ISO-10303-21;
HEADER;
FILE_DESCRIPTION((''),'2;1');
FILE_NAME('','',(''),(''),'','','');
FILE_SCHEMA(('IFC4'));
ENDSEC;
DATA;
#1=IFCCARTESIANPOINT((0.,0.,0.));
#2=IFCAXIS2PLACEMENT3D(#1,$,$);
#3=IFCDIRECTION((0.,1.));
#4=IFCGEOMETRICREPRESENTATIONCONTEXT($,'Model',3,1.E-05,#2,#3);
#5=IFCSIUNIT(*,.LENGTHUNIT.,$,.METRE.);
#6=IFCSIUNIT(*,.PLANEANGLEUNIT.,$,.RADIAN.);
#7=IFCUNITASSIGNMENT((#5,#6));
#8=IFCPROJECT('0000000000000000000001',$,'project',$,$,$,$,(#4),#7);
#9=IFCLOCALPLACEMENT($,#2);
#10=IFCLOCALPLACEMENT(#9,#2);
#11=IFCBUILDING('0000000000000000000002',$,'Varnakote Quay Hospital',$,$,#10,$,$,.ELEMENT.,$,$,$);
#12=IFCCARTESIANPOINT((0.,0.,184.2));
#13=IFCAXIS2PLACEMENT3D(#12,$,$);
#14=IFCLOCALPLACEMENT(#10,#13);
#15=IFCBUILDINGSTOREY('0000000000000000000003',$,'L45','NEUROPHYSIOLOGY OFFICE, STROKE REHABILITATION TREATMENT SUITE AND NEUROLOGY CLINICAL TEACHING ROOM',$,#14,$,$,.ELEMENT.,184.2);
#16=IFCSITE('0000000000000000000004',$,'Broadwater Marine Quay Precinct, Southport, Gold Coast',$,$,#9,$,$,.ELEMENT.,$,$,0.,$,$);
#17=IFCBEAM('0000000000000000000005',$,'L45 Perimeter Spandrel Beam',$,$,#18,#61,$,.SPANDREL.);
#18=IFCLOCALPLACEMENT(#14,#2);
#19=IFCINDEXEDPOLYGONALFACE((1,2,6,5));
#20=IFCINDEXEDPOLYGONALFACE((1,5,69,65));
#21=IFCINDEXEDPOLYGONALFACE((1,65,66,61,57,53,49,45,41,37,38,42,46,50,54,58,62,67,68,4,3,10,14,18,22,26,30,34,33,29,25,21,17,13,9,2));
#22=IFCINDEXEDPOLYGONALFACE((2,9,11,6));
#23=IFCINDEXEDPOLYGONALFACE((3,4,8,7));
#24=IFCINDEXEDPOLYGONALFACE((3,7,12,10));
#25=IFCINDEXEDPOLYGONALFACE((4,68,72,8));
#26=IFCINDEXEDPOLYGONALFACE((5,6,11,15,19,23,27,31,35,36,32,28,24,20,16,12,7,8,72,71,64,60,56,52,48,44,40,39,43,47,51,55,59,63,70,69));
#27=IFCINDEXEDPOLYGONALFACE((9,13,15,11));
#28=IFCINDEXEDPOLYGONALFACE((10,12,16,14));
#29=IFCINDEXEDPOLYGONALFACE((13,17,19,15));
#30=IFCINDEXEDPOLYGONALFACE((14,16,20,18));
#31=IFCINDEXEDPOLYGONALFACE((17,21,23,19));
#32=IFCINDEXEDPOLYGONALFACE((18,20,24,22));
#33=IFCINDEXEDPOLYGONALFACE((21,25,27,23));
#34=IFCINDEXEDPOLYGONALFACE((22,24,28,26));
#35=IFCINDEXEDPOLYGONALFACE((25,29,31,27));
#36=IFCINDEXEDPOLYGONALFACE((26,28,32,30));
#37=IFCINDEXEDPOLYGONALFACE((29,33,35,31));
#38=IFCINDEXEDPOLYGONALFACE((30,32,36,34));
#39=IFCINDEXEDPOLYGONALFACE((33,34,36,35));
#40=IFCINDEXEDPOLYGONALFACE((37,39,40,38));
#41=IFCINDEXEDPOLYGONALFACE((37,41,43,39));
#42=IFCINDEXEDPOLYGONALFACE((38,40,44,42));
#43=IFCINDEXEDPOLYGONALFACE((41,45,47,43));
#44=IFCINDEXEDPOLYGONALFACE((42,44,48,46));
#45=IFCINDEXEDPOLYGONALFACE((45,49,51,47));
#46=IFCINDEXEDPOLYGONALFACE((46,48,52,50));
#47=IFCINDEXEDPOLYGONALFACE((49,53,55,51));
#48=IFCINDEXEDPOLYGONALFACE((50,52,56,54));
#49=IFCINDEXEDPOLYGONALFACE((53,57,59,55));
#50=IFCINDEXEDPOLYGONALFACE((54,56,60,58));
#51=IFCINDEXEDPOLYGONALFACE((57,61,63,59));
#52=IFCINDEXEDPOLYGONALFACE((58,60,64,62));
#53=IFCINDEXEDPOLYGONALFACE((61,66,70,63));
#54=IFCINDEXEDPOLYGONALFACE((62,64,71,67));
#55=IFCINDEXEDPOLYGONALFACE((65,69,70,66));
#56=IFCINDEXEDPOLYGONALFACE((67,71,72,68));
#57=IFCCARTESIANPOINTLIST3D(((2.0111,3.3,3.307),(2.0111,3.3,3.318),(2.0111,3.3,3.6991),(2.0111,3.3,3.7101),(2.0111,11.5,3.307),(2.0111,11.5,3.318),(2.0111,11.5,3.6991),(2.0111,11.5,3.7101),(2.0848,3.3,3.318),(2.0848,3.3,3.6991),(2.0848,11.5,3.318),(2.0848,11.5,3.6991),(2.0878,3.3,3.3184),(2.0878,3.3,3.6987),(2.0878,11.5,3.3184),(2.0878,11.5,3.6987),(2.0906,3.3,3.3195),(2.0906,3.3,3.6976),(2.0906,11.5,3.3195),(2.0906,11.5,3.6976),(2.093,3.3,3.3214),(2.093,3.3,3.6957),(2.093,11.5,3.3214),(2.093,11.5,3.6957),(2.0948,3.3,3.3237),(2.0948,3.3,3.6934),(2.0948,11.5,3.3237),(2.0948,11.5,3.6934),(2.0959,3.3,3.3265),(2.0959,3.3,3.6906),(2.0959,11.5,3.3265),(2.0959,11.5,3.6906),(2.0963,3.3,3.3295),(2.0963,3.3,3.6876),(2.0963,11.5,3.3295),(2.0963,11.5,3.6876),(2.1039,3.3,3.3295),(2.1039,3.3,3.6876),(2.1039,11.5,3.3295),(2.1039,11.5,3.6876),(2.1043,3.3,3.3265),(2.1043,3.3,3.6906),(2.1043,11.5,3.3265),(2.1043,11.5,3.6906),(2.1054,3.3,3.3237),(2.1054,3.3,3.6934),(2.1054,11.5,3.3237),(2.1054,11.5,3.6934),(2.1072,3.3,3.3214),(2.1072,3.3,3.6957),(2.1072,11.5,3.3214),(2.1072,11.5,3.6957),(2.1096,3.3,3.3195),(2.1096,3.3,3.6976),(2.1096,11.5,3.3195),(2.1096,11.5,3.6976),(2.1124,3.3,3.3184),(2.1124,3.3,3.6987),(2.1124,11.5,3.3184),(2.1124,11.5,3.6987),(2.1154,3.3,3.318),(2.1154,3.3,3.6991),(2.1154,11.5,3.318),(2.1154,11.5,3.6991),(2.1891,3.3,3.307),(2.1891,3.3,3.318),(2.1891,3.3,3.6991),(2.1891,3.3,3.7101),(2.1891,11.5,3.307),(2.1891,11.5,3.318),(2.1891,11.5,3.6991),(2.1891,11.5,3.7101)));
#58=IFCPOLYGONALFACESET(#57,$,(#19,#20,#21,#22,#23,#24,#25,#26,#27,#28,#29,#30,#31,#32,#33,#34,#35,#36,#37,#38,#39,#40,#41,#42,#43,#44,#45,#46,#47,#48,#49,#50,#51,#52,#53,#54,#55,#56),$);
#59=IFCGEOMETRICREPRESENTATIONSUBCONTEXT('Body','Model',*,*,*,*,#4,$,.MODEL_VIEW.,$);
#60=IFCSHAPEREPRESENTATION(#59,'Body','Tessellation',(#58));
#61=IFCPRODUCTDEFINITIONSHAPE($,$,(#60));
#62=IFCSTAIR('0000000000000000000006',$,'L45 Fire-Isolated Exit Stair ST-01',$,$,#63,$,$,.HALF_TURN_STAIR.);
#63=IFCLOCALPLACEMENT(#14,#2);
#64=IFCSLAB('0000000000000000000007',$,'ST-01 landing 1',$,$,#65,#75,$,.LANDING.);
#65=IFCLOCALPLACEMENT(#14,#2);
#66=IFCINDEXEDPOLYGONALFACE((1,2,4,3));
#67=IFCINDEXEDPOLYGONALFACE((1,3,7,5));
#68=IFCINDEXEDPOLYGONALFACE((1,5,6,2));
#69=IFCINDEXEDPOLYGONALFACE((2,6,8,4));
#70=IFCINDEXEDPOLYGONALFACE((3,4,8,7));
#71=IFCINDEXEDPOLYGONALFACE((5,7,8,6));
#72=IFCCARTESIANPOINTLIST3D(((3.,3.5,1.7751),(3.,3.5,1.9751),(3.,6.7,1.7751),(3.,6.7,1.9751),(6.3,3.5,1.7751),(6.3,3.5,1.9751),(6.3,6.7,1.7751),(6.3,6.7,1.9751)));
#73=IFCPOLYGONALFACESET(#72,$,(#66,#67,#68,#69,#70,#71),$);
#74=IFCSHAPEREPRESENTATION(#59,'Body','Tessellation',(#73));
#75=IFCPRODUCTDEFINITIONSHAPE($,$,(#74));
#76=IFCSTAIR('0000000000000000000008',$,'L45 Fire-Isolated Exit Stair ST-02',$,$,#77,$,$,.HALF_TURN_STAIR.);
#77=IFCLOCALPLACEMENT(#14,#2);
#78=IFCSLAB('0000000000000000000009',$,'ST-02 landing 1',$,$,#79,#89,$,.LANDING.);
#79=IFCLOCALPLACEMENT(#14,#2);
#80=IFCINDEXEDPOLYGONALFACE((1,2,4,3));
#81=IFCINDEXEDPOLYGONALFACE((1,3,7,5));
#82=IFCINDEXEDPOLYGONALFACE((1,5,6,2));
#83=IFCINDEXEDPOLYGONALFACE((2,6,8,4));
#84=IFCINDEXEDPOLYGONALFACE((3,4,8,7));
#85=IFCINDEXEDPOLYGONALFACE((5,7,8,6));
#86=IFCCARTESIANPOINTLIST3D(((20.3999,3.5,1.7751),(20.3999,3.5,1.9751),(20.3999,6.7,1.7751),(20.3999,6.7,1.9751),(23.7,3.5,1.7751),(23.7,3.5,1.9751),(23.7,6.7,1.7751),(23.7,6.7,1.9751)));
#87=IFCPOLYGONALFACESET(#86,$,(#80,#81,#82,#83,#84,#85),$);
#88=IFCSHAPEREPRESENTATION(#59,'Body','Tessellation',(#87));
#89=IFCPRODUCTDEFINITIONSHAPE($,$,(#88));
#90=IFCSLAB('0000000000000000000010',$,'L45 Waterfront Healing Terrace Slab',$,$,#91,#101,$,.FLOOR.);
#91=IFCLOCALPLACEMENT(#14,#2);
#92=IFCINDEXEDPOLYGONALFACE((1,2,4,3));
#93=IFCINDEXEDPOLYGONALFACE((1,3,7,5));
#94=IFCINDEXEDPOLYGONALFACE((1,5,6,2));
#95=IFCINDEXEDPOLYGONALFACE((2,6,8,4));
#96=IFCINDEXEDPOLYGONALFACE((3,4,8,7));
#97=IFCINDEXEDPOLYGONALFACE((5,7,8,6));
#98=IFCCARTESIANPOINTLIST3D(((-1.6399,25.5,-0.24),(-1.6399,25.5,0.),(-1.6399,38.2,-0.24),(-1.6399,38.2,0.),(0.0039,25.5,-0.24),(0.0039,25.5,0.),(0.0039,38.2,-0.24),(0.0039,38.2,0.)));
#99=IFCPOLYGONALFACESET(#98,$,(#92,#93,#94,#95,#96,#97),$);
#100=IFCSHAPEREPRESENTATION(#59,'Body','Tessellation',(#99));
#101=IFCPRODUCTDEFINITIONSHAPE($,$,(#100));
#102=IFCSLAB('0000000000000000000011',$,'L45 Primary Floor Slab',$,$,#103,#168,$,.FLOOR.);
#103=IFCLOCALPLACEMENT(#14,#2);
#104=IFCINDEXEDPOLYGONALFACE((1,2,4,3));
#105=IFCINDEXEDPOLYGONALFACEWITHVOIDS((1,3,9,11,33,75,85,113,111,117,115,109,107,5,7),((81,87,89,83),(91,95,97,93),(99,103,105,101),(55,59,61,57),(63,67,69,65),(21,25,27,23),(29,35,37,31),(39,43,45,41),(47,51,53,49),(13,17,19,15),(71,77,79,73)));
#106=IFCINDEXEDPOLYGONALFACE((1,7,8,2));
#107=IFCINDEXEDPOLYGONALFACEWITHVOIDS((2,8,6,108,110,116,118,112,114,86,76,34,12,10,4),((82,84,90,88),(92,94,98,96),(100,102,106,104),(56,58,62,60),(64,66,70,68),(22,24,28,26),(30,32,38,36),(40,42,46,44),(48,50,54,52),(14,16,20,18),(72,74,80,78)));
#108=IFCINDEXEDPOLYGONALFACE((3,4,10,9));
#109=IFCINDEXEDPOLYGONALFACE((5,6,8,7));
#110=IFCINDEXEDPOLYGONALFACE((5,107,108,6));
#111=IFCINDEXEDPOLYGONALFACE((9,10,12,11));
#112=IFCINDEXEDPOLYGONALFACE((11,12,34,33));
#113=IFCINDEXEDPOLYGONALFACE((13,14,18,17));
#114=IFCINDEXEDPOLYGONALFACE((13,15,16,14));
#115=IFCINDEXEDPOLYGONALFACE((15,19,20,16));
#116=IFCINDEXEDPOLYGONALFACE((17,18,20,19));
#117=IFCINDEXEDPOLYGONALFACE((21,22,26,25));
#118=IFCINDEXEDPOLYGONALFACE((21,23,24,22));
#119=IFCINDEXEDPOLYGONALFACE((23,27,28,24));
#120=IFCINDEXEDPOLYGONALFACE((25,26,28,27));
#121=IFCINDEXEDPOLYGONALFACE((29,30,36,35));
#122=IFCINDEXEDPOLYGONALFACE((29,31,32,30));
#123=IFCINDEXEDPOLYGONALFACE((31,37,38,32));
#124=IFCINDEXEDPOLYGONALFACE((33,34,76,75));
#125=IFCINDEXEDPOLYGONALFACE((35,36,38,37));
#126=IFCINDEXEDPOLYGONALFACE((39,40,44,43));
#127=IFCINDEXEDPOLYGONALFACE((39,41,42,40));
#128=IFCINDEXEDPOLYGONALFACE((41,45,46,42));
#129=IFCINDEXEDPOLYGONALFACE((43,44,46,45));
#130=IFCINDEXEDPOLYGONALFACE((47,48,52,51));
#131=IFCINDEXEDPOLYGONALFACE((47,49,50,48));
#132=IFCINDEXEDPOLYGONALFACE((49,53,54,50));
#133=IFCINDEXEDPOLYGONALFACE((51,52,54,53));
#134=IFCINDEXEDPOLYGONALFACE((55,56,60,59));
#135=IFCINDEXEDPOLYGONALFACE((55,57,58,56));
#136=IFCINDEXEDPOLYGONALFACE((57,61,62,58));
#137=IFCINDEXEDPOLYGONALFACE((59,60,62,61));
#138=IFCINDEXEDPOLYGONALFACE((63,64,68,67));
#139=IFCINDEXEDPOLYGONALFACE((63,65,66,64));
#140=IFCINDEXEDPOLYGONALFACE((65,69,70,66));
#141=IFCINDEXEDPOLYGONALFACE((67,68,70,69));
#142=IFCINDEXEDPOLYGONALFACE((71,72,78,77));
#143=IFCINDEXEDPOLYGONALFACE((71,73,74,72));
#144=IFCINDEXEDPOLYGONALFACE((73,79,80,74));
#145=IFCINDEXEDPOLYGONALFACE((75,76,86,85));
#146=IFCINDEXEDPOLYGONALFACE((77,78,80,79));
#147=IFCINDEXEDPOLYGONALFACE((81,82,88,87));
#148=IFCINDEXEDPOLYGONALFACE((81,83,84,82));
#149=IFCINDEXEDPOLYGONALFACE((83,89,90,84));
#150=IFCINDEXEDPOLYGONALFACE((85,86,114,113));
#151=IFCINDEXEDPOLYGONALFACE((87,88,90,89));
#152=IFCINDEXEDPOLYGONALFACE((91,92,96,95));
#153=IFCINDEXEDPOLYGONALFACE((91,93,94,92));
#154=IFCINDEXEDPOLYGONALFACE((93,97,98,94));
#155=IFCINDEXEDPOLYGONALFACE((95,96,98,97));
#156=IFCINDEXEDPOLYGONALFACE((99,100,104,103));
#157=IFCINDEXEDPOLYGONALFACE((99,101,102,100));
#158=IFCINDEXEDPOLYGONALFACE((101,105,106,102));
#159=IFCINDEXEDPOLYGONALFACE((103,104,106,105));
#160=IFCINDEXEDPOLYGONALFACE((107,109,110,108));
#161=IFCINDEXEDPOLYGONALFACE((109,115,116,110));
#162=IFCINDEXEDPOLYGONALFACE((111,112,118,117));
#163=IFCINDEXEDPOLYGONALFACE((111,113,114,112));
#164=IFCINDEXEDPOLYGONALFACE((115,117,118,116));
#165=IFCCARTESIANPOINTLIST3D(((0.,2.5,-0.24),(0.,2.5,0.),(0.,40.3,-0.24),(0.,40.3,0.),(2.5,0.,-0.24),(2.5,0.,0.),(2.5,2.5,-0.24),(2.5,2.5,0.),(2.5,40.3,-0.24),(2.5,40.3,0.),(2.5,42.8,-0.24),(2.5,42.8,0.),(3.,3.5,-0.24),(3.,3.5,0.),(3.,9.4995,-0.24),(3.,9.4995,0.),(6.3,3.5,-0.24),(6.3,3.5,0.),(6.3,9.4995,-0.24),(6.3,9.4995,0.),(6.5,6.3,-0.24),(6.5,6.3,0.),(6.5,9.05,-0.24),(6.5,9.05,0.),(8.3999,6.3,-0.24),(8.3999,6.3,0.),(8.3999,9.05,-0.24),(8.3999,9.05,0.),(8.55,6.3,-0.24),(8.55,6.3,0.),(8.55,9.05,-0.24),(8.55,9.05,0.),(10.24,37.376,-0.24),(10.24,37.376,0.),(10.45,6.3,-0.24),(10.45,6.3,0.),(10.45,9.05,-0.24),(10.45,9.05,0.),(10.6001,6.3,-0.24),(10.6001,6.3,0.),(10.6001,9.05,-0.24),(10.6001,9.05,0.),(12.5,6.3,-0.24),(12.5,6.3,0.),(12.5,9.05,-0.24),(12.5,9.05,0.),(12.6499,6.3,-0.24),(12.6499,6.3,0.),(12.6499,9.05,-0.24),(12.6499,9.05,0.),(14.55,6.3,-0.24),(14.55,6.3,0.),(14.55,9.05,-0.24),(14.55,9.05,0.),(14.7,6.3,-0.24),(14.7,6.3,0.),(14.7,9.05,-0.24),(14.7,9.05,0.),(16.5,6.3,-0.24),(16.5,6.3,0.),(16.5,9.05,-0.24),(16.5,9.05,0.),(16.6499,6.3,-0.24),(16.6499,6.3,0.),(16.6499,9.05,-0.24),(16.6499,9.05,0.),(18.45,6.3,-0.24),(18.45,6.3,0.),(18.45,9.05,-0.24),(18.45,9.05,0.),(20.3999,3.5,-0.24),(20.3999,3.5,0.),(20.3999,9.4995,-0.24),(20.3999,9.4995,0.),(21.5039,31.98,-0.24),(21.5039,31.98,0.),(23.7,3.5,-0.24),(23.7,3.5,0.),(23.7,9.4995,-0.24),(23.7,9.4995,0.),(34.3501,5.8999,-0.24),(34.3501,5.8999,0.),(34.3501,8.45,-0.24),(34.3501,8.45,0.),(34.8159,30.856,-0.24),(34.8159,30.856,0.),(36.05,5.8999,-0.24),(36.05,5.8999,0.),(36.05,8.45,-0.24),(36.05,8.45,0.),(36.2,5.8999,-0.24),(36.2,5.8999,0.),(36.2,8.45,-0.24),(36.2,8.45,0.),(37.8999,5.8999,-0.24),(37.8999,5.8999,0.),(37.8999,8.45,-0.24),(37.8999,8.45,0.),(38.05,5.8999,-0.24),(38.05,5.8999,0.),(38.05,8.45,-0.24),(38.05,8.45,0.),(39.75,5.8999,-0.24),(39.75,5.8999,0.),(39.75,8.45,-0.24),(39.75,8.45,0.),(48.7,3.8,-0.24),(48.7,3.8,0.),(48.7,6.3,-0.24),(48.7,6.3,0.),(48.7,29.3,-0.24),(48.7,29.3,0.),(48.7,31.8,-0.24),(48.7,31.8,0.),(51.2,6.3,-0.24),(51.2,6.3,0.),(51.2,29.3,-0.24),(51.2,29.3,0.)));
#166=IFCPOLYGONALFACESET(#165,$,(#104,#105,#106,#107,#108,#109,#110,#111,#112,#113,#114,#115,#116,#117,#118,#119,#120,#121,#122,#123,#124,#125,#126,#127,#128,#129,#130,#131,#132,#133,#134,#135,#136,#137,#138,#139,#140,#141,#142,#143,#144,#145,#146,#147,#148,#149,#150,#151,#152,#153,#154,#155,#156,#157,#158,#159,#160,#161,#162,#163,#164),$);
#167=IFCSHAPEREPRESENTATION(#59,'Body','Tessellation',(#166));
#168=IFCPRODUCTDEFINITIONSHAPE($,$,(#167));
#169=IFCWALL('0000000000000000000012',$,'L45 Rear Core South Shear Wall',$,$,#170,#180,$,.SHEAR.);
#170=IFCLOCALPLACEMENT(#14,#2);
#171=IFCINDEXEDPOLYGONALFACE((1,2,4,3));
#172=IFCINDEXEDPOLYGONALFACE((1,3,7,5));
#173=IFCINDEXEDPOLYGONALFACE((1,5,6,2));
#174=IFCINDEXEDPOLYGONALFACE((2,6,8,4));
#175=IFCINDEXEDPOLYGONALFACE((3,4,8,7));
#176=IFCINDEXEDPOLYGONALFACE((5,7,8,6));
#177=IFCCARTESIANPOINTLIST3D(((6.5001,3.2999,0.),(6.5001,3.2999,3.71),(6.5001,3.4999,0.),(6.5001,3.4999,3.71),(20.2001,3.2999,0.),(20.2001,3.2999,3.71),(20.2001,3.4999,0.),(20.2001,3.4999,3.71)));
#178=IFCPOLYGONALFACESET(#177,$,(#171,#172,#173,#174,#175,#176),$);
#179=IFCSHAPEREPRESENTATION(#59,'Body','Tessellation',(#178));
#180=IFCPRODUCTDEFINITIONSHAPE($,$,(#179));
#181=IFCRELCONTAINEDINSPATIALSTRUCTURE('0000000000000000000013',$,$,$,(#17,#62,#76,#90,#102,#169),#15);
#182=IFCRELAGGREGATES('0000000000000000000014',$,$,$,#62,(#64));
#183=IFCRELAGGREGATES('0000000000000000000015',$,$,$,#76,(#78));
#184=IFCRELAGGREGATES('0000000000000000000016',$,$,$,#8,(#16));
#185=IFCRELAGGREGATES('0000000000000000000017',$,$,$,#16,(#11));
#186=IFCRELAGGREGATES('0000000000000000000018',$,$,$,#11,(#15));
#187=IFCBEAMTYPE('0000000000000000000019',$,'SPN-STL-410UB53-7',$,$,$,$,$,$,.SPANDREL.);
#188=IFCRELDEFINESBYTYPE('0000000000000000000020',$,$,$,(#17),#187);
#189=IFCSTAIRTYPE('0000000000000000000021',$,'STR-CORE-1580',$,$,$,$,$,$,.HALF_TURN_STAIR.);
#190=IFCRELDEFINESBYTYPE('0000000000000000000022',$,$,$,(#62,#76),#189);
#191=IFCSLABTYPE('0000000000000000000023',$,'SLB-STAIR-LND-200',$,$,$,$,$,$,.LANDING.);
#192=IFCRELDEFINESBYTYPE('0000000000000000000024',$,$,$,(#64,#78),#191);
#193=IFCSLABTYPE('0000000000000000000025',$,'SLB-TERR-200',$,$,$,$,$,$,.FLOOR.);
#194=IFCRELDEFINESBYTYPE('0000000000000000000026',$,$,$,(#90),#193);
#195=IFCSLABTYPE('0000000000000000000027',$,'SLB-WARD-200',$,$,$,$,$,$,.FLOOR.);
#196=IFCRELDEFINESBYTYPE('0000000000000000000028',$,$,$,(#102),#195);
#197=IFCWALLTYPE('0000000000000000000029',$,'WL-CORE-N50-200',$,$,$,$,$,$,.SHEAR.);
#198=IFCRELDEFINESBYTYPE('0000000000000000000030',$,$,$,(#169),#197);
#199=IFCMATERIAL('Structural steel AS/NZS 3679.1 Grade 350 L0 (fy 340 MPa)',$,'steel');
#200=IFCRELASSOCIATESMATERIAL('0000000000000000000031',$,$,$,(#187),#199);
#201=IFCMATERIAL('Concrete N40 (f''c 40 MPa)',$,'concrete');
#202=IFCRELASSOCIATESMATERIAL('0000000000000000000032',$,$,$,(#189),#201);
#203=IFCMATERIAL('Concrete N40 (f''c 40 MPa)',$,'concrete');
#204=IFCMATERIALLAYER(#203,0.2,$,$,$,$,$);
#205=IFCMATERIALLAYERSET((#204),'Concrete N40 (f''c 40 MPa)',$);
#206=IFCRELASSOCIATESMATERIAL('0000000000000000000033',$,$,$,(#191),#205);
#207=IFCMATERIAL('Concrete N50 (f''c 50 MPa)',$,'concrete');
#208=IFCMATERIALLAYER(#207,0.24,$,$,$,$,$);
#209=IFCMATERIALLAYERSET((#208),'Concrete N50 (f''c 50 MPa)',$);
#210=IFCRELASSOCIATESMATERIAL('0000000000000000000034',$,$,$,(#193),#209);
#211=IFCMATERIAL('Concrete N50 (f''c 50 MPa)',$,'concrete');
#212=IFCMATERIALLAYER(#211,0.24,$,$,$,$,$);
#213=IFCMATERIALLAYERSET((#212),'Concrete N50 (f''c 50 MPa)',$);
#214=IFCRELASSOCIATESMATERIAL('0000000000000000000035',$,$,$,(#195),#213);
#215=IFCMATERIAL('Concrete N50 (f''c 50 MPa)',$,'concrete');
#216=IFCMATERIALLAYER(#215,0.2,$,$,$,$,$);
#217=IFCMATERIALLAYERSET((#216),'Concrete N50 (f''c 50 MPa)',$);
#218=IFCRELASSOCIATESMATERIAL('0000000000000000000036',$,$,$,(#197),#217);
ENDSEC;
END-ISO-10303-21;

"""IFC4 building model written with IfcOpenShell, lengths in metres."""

from ifc_helpers import new_model, si_unit, direction, frame, frame_2d, origin, origin_2d, place, context, subcontext, project, spatial, polyline, rectangle, i_section, outline, extrude, material, layer, layer_set, material_profile, profile_set, type_object, element, aggregate, save


model = new_model("IFC4")

# Units and contexts
model_context = context("Model", 3, precision=1e-05, world=origin(), true_north=direction((0.0, 1.0)))
body_context = subcontext(model_context, "Body", "Model", "MODEL_VIEW")
ifc_project = project(units=[si_unit("LENGTHUNIT", "METRE"), si_unit("PLANEANGLEUNIT", "RADIAN")], contexts=[model_context])

# Site, building, storey
site_placement = place(None, origin())
site = spatial("IfcSite", under=ifc_project, at=site_placement, Name="Broadwater Marine Quay Precinct, Southport, Gold Coast", CompositionType="ELEMENT", RefElevation=0.0)
building_placement = place(site_placement, origin())
building = spatial("IfcBuilding", under=site, at=building_placement, Name="Varnakote Quay Hospital", CompositionType="ELEMENT")
storey_placement = place(building_placement, frame((0.0, 0.0, 184.2)))
storey = spatial("IfcBuildingStorey", under=building, at=storey_placement, Name="L45", Description="NEUROPHYSIOLOGY OFFICE, STROKE REHABILITATION TREATMENT SUITE AND NEUROLOGY CLINICAL TEACHING ROOM", CompositionType="ELEMENT", Elevation=184.2)

# Beam
ifc_material_1 = material(Name="Structural steel AS/NZS 3679.1 Grade 350 L0 (fy 340 MPa)", Category="steel")
ifc_material_profile_1 = material_profile(ifc_material_1, i_section(OverallWidth=0.178, OverallDepth=0.4031, WebThickness=0.0076, FlangeThickness=0.011, FilletRadius=0.0115, at=origin_2d()), Name="410UB53.7")
ifc_profile_set_1 = profile_set([ifc_material_profile_1], Name="Structural steel AS/NZS 3679.1 Grade 350 L0 (fy 340 MPa)")
beam_type_1 = type_object("IfcBeamType", Name="SPN-STL-410UB53-7", PredefinedType="SPANDREL", material=ifc_profile_set_1)
beam_1_placement = place(storey_placement, frame((2.1001, 3.3, 3.5085), z_axis=(0.0, 1.0, 0.0), x_axis=(-1.0, 0.0, 0.0)))
element("IfcBeam", 1, at=beam_1_placement, inside=storey, type_object=beam_type_1, Name="L45 Perimeter Spandrel Beam", PredefinedType="SPANDREL", context=body_context, shape_type="SweptSolid", body=[
    extrude(i_section(OverallWidth=0.178, OverallDepth=0.4031, WebThickness=0.0076, FlangeThickness=0.011, FilletRadius=0.0115, at=origin_2d()), origin(), (0.0, 0.0, 1.0), 8.2),
])

# Stairs, slabs
ifc_material_2 = material(Name="Concrete N40 (f'c 40 MPa)", Category="concrete")
stair_type = type_object("IfcStairType", Name="STR-CORE-1580", PredefinedType="HALF_TURN_STAIR", material=ifc_material_2)
stair_1_placement = place(storey_placement, origin())
stair_1 = element("IfcStair", 2, at=stair_1_placement, inside=storey, type_object=stair_type, Name="L45 Fire-Isolated Exit Stair ST-01", PredefinedType="HALF_TURN_STAIR")
ifc_material_3 = material(Name="Concrete N40 (f'c 40 MPa)", Category="concrete")
ifc_layer_1 = layer(ifc_material_3, 0.2)
ifc_layer_set_1 = layer_set([ifc_layer_1], Name="Concrete N40 (f'c 40 MPa)")
slab_type_1 = type_object("IfcSlabType", Name="SLB-STAIR-LND-200", PredefinedType="LANDING", material=ifc_layer_set_1)
slab_1_placement = place(storey_placement, frame((0.0, 0.0, 1.7751)))
slab_1 = element("IfcSlab", 3, at=slab_1_placement, type_object=slab_type_1, Name="ST-01 landing 1", PredefinedType="LANDING", context=body_context, shape_type="SweptSolid", body=[
    extrude(outline(polyline([(3.0, 6.7), (3.0, 3.5), (6.3, 3.5), (6.3, 6.7), (3.0, 6.7)])), origin(), (0.0, 0.0, 1.0), 0.2),
])
aggregate(stair_1, [slab_1])
stair_2_placement = place(storey_placement, origin())
stair_2 = element("IfcStair", 4, at=stair_2_placement, inside=storey, type_object=stair_type, Name="L45 Fire-Isolated Exit Stair ST-02", PredefinedType="HALF_TURN_STAIR")
slab_2_placement = place(storey_placement, frame((0.0, 0.0, 1.7751)))
slab_2 = element("IfcSlab", 5, at=slab_2_placement, type_object=slab_type_1, Name="ST-02 landing 1", PredefinedType="LANDING", context=body_context, shape_type="SweptSolid", body=[
    extrude(outline(polyline([(20.3999, 6.7), (20.3999, 3.5), (23.7, 3.5), (23.7, 6.7), (20.3999, 6.7)])), origin(), (0.0, 0.0, 1.0), 0.2),
])
aggregate(stair_2, [slab_2])

# Slabs
ifc_material_4 = material(Name="Concrete N50 (f'c 50 MPa)", Category="concrete")
ifc_layer_2 = layer(ifc_material_4, 0.24)
ifc_layer_set_2 = layer_set([ifc_layer_2], Name="Concrete N50 (f'c 50 MPa)")
slab_type_2 = type_object("IfcSlabType", Name="SLB-TERR-200", PredefinedType="FLOOR", material=ifc_layer_set_2)
slab_3_placement = place(storey_placement, frame((0.0, 0.0, -0.24)))
element("IfcSlab", 6, at=slab_3_placement, inside=storey, type_object=slab_type_2, Name="L45 Waterfront Healing Terrace Slab", PredefinedType="FLOOR", context=body_context, shape_type="SweptSolid", body=[
    extrude(outline(polyline([(0.0039, 25.5), (0.0039, 38.2), (-1.6399, 38.2), (-1.6399, 25.5), (0.0039, 25.5)])), origin(), (0.0, 0.0, 1.0), 0.24),
])
ifc_material_5 = material(Name="Concrete N50 (f'c 50 MPa)", Category="concrete")
ifc_layer_3 = layer(ifc_material_5, 0.24)
ifc_layer_set_3 = layer_set([ifc_layer_3], Name="Concrete N50 (f'c 50 MPa)")
slab_type_3 = type_object("IfcSlabType", Name="SLB-WARD-200", PredefinedType="FLOOR", material=ifc_layer_set_3)
slab_4_placement = place(storey_placement, frame((0.0, 0.0, -0.24)))
element("IfcSlab", 7, at=slab_4_placement, inside=storey, type_object=slab_type_3, Name="L45 Primary Floor Slab", PredefinedType="FLOOR", context=body_context, shape_type="SweptSolid", body=[
    extrude(outline(polyline([(0.0, 2.5), (2.5, 2.5), (2.5, 0.0), (48.7, 3.8), (48.7, 6.3), (51.2, 6.3), (51.2, 29.3), (48.7, 29.3), (48.7, 31.8), (34.8159, 30.856), (21.5039, 31.98), (10.24, 37.376), (2.5, 42.8), (2.5, 40.3), (0.0, 40.3), (0.0, 2.5)]), holes=[polyline([(3.0, 3.5), (6.3, 3.5), (6.3, 9.4995), (3.0, 9.4995), (3.0, 3.5)]), polyline([(20.3999, 3.5), (23.7, 3.5), (23.7, 9.4995), (20.3999, 9.4995), (20.3999, 3.5)]), polyline([(6.5, 6.3), (8.3999, 6.3), (8.3999, 9.05), (6.5, 9.05), (6.5, 6.3)]), polyline([(8.55, 6.3), (10.45, 6.3), (10.45, 9.05), (8.55, 9.05), (8.55, 6.3)]), polyline([(10.6001, 6.3), (12.5, 6.3), (12.5, 9.05), (10.6001, 9.05), (10.6001, 6.3)]), polyline([(12.6499, 6.3), (14.55, 6.3), (14.55, 9.05), (12.6499, 9.05), (12.6499, 6.3)]), polyline([(14.7, 6.3), (16.5, 6.3), (16.5, 9.05), (14.7, 9.05), (14.7, 6.3)]), polyline([(16.6499, 6.3), (18.45, 6.3), (18.45, 9.05), (16.6499, 9.05), (16.6499, 6.3)]), polyline([(34.3501, 5.8999), (36.05, 5.8999), (36.05, 8.45), (34.3501, 8.45), (34.3501, 5.8999)]), polyline([(36.2, 5.8999), (37.8999, 5.8999), (37.8999, 8.45), (36.2, 8.45), (36.2, 5.8999)]), polyline([(38.05, 5.8999), (39.75, 5.8999), (39.75, 8.45), (38.05, 8.45), (38.05, 5.8999)])]), origin(), (0.0, 0.0, 1.0), 0.24),
])

# Wall
ifc_material_6 = material(Name="Concrete N50 (f'c 50 MPa)", Category="concrete")
ifc_layer_4 = layer(ifc_material_6, 0.2)
ifc_layer_set_4 = layer_set([ifc_layer_4], Name="Concrete N50 (f'c 50 MPa)")
wall_type_1 = type_object("IfcWallType", Name="WL-CORE-N50-200", PredefinedType="SHEAR", material=ifc_layer_set_4)
wall_1_placement = place(storey_placement, frame((6.5, 3.3999, 0.0), z_axis=(0.0, 0.0, 1.0), x_axis=(1.0, 0.0, 0.0)))
element("IfcWall", 8, at=wall_1_placement, inside=storey, type_object=wall_type_1, Name="L45 Rear Core South Shear Wall", PredefinedType="SHEAR", context=body_context, shape_type="SweptSolid", body=[
    extrude(rectangle(XDim=13.7, YDim=0.2, at=frame_2d((6.8501, 0.0))), origin(), (0.0, 0.0, 1.0), 3.71),
])

save(model, "model.ifc")
